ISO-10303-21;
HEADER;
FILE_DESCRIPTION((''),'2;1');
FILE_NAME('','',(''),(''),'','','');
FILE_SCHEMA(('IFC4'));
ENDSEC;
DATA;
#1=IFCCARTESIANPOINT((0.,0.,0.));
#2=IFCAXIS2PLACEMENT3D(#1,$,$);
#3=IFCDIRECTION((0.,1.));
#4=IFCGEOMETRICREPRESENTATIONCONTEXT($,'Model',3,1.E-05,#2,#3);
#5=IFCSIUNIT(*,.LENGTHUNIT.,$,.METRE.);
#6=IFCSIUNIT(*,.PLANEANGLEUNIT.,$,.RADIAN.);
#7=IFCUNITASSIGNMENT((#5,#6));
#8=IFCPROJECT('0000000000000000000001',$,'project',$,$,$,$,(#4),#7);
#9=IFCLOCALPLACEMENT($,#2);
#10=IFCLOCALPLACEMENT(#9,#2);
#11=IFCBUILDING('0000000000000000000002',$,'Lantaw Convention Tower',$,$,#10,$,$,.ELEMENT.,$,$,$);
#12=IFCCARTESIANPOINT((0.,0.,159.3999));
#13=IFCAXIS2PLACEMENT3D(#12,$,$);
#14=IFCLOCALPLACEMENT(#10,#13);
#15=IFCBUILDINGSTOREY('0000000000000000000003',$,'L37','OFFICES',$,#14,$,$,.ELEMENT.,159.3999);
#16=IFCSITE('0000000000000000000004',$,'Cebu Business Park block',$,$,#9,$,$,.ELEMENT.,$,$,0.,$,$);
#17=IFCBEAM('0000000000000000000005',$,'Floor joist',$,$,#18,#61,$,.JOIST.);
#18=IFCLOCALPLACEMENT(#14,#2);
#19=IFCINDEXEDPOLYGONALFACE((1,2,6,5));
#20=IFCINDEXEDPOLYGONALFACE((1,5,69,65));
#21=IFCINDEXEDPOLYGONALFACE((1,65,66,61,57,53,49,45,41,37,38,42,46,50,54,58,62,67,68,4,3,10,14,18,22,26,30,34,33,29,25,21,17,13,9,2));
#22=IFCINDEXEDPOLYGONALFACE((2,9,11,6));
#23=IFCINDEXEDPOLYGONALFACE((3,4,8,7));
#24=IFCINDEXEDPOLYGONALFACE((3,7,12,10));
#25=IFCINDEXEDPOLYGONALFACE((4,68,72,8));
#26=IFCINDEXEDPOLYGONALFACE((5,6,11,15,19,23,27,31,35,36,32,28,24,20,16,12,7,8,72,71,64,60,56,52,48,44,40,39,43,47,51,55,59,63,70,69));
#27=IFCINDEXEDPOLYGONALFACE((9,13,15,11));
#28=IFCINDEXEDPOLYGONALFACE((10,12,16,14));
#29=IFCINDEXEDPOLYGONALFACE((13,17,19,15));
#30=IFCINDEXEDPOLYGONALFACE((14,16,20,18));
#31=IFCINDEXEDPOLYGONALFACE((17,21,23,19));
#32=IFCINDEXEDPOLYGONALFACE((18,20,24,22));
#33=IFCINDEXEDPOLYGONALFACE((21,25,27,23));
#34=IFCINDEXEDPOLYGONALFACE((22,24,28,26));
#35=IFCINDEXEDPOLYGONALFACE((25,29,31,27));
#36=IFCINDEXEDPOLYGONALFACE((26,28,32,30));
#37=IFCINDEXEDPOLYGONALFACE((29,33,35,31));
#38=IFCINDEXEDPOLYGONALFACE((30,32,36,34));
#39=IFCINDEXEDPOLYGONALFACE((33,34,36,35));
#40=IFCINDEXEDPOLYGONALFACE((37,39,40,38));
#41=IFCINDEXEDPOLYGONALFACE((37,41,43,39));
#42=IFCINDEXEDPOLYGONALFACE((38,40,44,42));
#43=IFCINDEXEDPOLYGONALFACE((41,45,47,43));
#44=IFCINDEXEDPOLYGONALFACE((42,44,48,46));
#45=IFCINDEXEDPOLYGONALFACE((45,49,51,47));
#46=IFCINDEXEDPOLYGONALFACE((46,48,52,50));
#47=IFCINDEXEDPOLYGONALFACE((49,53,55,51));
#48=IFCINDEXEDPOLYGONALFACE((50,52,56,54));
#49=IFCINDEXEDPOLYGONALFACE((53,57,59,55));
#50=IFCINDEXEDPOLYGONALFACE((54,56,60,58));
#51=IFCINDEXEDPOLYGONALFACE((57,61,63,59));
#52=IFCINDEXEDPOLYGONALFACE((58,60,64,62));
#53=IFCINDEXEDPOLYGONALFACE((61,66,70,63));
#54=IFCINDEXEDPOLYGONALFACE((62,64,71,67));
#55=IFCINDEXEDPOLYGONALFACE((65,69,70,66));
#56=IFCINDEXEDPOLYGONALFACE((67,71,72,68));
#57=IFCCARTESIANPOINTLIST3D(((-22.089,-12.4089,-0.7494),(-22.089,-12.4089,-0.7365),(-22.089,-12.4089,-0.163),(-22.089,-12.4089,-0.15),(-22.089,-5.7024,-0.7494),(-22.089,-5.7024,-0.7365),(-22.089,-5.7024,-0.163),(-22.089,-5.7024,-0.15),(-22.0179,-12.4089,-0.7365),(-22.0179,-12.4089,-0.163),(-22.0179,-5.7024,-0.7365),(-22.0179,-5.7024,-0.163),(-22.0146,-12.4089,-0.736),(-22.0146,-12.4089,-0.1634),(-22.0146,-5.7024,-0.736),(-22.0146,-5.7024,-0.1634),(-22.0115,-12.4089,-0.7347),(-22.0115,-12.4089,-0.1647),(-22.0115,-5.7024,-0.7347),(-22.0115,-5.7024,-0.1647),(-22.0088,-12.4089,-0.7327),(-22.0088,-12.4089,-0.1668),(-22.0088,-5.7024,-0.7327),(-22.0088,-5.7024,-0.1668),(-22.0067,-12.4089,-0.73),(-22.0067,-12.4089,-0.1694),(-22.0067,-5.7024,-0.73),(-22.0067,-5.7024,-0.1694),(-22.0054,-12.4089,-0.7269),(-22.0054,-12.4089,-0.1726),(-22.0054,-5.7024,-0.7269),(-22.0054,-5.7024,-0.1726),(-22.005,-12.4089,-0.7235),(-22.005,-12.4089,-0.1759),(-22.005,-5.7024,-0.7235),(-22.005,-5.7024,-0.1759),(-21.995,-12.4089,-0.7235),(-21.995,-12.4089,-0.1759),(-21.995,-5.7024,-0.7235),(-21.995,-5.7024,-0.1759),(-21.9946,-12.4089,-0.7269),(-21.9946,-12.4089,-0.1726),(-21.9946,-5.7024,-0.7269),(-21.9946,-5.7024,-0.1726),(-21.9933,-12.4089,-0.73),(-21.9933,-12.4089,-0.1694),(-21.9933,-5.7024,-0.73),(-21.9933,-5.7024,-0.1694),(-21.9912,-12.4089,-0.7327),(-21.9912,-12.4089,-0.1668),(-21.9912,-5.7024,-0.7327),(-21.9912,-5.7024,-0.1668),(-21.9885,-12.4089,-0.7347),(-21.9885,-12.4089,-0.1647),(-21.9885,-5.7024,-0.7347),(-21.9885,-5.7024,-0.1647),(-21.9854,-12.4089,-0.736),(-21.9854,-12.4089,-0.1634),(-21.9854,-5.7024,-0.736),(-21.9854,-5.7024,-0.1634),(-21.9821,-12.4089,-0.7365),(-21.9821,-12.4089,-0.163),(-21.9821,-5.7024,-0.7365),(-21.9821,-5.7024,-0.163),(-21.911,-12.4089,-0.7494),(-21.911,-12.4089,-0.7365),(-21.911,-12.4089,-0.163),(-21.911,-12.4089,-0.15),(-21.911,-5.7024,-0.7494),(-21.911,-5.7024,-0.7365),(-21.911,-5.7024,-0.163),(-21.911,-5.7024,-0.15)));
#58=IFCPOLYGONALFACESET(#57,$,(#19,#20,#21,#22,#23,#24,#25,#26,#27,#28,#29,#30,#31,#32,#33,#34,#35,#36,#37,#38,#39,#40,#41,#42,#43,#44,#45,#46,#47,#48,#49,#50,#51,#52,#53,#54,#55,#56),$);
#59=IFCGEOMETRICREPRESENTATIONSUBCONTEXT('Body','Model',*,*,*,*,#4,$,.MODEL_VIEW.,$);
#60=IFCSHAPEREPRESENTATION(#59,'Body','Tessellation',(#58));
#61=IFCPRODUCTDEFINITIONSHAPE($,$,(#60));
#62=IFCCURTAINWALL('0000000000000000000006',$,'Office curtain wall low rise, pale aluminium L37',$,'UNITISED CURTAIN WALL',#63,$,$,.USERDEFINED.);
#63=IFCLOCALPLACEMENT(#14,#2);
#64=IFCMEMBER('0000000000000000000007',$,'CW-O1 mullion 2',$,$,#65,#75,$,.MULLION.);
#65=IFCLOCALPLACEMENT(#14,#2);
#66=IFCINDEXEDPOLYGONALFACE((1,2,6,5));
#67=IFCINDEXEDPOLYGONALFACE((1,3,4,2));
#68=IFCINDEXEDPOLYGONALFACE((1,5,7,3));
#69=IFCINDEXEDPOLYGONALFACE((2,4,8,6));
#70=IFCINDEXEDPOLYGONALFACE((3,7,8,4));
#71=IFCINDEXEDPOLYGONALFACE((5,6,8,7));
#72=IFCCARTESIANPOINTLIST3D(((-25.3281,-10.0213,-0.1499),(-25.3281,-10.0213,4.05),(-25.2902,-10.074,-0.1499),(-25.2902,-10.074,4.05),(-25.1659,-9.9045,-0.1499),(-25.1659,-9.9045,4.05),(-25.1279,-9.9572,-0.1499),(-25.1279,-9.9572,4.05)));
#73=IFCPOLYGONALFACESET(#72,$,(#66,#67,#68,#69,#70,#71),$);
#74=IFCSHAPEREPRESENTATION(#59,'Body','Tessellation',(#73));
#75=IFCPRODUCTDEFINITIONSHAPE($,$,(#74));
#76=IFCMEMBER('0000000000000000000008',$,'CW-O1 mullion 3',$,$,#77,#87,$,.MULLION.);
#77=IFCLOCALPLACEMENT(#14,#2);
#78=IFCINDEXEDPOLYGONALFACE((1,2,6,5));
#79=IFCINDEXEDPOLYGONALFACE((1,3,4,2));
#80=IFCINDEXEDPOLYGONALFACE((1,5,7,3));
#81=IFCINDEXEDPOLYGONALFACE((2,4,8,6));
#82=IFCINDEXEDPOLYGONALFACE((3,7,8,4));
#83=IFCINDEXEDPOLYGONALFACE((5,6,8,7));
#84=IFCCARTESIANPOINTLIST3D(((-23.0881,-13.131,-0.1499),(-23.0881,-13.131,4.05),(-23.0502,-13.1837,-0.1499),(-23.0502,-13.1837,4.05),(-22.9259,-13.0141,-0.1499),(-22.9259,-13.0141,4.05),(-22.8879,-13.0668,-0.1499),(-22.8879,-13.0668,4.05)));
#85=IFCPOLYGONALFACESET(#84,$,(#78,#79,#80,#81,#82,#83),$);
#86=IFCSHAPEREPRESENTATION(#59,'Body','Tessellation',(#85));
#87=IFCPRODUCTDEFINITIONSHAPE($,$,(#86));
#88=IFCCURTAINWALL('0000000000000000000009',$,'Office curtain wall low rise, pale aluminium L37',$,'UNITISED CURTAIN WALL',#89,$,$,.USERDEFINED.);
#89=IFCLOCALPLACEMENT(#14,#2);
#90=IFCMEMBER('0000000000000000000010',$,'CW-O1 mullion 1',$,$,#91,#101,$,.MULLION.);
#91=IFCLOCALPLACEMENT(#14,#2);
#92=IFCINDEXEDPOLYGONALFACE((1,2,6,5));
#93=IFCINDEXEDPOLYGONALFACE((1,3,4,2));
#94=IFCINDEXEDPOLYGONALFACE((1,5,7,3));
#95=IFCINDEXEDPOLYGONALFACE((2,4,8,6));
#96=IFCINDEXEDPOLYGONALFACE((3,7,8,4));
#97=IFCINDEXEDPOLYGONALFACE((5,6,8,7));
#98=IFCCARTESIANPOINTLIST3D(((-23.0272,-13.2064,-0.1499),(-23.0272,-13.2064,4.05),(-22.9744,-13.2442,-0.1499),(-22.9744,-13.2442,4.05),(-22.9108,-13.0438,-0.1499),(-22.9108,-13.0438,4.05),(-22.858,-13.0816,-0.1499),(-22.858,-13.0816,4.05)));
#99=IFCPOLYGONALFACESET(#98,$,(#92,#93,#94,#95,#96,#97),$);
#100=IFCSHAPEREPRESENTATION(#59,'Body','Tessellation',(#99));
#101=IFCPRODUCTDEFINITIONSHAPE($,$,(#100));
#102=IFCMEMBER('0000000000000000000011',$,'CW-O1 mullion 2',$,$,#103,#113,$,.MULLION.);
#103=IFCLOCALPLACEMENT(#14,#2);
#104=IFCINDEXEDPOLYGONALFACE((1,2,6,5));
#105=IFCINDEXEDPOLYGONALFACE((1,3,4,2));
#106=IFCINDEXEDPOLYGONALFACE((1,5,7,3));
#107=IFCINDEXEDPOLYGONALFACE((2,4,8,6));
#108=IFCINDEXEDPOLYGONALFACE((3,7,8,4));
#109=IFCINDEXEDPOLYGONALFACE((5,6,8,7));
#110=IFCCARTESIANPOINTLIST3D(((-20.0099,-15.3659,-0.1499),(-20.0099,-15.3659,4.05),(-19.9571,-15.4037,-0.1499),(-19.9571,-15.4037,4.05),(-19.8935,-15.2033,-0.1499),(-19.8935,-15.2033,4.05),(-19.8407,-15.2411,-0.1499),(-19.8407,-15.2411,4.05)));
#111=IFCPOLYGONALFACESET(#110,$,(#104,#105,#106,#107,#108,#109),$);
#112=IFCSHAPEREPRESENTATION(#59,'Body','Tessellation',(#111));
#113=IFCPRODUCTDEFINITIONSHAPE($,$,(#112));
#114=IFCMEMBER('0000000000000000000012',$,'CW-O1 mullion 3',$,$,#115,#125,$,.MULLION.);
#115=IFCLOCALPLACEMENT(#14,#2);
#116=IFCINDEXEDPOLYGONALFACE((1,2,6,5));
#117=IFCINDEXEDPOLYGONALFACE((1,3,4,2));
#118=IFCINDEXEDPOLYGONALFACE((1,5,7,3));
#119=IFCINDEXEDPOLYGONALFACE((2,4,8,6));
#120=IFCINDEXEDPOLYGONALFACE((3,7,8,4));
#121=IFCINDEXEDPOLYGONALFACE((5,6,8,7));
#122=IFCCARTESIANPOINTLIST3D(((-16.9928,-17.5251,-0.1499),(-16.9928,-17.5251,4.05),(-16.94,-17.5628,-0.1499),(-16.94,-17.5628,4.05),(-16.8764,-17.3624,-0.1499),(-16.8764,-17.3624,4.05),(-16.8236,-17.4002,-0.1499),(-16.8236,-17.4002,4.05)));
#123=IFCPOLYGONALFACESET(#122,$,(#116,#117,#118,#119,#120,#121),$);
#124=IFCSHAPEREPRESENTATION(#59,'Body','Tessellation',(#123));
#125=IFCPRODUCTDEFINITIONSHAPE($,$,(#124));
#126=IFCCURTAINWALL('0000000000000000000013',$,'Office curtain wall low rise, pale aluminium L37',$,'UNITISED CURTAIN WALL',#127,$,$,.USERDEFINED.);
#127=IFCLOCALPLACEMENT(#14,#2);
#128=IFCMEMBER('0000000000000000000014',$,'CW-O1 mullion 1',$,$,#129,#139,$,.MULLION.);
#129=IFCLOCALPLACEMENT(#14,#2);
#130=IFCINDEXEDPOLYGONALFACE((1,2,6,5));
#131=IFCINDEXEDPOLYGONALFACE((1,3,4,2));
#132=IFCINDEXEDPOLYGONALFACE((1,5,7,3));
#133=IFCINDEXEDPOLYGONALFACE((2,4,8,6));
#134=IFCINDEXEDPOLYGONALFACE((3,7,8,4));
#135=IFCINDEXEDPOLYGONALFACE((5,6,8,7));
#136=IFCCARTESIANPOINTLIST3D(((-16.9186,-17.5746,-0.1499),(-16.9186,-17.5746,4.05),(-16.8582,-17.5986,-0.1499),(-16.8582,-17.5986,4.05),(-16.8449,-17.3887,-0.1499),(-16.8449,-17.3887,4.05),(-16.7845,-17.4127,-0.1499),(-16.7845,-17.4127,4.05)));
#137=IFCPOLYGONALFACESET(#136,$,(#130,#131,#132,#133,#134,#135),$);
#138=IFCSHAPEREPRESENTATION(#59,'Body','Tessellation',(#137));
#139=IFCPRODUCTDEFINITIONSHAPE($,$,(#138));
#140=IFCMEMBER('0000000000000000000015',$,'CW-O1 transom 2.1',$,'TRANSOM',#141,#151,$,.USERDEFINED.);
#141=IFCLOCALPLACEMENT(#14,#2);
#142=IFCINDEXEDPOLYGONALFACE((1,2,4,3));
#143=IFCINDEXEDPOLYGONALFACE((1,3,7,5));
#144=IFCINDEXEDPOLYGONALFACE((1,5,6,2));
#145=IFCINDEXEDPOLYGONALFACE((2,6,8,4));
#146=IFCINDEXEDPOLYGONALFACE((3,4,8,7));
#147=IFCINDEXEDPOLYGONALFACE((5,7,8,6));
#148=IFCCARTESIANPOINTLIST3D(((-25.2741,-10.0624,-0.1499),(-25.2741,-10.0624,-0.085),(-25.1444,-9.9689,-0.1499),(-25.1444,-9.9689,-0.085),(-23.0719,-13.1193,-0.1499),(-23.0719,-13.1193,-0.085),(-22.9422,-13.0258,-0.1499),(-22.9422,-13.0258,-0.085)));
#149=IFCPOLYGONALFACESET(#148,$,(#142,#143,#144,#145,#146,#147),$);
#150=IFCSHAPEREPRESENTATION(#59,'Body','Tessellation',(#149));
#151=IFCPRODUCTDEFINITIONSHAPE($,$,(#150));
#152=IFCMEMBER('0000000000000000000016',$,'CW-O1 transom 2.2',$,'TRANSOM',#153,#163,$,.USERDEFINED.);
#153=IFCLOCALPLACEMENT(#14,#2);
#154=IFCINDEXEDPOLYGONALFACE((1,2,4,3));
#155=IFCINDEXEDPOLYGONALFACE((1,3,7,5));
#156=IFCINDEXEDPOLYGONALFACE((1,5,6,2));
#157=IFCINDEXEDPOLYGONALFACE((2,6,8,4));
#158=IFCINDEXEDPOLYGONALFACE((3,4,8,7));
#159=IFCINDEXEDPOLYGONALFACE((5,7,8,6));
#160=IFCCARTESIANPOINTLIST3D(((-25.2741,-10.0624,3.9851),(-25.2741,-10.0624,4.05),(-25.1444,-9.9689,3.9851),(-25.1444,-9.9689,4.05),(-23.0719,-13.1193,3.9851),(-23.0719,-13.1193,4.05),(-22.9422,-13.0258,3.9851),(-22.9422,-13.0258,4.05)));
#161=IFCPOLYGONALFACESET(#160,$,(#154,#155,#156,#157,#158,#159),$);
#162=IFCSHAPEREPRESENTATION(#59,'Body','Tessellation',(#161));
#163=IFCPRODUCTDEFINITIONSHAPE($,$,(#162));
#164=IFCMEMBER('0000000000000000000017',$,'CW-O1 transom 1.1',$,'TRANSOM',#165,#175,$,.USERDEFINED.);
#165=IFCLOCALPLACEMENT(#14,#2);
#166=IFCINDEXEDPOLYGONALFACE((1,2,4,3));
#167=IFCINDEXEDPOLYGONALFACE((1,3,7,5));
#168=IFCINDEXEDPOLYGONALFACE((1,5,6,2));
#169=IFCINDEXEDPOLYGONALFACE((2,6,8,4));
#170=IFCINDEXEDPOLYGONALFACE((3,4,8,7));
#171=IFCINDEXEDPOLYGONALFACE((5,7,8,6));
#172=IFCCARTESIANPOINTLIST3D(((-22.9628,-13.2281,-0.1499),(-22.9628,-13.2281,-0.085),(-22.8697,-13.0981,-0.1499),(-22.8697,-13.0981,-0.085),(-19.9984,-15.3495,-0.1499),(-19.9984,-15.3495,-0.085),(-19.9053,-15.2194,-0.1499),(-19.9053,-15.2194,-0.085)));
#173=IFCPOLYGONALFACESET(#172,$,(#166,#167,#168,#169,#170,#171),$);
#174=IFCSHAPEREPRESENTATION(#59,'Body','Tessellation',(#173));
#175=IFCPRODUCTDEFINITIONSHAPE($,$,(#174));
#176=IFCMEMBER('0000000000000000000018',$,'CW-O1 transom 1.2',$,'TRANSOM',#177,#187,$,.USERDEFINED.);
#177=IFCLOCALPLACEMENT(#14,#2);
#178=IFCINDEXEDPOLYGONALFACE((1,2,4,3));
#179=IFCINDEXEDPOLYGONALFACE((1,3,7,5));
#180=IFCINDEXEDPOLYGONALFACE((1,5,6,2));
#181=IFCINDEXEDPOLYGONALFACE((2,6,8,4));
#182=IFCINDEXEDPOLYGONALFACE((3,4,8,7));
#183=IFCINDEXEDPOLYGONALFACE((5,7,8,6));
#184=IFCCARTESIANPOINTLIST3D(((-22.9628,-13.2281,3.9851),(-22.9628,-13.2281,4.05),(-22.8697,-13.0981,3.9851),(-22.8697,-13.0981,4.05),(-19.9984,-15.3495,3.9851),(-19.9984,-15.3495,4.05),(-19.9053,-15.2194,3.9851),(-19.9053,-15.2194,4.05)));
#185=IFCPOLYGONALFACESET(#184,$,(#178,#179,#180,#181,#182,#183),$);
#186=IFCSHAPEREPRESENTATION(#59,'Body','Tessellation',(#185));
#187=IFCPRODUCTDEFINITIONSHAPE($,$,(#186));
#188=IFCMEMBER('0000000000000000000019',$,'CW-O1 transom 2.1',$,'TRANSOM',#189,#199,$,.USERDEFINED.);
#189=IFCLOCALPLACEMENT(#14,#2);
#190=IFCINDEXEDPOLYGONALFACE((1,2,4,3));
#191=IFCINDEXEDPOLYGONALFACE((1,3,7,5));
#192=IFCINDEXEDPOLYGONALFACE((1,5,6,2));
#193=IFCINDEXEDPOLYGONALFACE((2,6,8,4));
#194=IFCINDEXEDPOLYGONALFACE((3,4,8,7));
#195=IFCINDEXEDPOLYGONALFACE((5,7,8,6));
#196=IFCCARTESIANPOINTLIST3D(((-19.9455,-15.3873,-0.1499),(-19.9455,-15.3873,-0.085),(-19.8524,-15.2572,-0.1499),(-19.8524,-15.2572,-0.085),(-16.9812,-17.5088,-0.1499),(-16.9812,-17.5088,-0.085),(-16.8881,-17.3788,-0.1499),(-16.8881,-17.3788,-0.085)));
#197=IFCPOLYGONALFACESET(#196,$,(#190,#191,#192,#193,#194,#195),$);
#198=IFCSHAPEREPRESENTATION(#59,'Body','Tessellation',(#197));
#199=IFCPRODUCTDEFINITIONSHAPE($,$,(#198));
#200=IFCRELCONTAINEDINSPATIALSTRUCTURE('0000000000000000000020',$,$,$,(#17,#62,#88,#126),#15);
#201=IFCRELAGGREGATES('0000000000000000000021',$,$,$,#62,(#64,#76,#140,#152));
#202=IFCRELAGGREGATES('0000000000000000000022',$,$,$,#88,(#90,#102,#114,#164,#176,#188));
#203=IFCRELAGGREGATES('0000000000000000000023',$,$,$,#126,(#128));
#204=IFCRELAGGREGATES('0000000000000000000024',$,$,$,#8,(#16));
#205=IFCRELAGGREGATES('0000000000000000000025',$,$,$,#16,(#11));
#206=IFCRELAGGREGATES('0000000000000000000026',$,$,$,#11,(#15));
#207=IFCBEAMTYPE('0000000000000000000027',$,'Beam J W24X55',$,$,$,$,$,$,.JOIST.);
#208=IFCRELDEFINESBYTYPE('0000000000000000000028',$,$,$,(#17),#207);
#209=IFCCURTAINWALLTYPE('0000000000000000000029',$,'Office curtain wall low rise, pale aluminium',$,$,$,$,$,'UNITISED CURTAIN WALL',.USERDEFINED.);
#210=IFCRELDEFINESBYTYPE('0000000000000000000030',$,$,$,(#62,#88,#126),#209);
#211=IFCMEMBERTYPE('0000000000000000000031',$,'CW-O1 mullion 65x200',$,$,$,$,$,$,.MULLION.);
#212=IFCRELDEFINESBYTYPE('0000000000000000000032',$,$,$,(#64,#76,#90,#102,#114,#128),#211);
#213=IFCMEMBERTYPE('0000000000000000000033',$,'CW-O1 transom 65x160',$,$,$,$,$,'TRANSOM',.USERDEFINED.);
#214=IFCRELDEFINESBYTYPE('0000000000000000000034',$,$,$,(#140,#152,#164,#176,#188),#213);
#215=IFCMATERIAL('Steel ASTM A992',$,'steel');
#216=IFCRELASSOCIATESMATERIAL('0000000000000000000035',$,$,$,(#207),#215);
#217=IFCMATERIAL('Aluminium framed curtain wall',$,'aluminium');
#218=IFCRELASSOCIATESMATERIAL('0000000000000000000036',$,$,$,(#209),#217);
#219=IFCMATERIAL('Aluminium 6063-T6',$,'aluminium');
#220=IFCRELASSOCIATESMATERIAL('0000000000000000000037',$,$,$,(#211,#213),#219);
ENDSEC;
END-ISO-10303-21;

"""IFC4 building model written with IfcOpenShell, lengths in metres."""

from ifc_helpers import new_model, si_unit, direction, frame, origin, origin_2d, place, context, subcontext, project, spatial, rectangle, i_section, extrude, material, material_profile, profile_set, type_object, element, aggregate, save


model = new_model("IFC4")

# Units and contexts
model_context = context("Model", 3, precision=1e-05, world=origin(), true_north=direction((0.0, 1.0)))
body_context = subcontext(model_context, "Body", "Model", "MODEL_VIEW")
ifc_project = project(units=[si_unit("LENGTHUNIT", "METRE"), si_unit("PLANEANGLEUNIT", "RADIAN")], contexts=[model_context])

# Site, building, storey
site_placement = place(None, origin())
site = spatial("IfcSite", under=ifc_project, at=site_placement, Name="Cebu Business Park block", CompositionType="ELEMENT", RefElevation=0.0)
building_placement = place(site_placement, origin())
building = spatial("IfcBuilding", under=site, at=building_placement, Name="Lantaw Convention Tower", CompositionType="ELEMENT")
storey_placement = place(building_placement, frame((0.0, 0.0, 159.3999)))
storey = spatial("IfcBuildingStorey", under=building, at=storey_placement, Name="L37", Description="OFFICES", CompositionType="ELEMENT", Elevation=159.3999)

# Beam
ifc_material_1 = material(Name="Steel ASTM A992", Category="steel")
ifc_material_profile_1 = material_profile(ifc_material_1, i_section(OverallWidth=0.178, OverallDepth=0.5994, WebThickness=0.01, FlangeThickness=0.0129, FilletRadius=0.0129, at=origin_2d()), Name="W24X55")
ifc_profile_set_1 = profile_set([ifc_material_profile_1], Name="Steel ASTM A992")
beam_type_1 = type_object("IfcBeamType", Name="Beam J W24X55", PredefinedType="JOIST", material=ifc_profile_set_1)
beam_1_placement = place(storey_placement, frame((-22.0, -12.4089, -0.4497), z_axis=(0.0, 1.0, 0.0), x_axis=(-1.0, 0.0, 0.0)))
element("IfcBeam", 1, at=beam_1_placement, inside=storey, type_object=beam_type_1, Name="Floor joist", PredefinedType="JOIST", context=body_context, shape_type="SweptSolid", body=[
    extrude(i_section(OverallWidth=0.178, OverallDepth=0.5994, WebThickness=0.01, FlangeThickness=0.0129, FilletRadius=0.0129, at=origin_2d()), origin(), (0.0, 0.0, 1.0), 6.7065),
])

# Curtain walls, members
ifc_material_2 = material(Name="Aluminium framed curtain wall", Category="aluminium")
curtain_wall_type = type_object("IfcCurtainWallType", Name="Office curtain wall low rise, pale aluminium", ElementType="UNITISED CURTAIN WALL", PredefinedType="USERDEFINED", material=ifc_material_2)
curtain_wall_1_placement = place(storey_placement, origin())
curtain_wall_1 = element("IfcCurtainWall", 2, at=curtain_wall_1_placement, inside=storey, type_object=curtain_wall_type, Name="Office curtain wall low rise, pale aluminium L37", ObjectType="UNITISED CURTAIN WALL", PredefinedType="USERDEFINED")
ifc_material_3 = material(Name="Aluminium 6063-T6", Category="aluminium")
ifc_material_profile_2 = material_profile(ifc_material_3, rectangle(XDim=0.2, YDim=0.0649, at=origin_2d()), Name="CW-O1 mullion 65x200")
ifc_profile_set_2 = profile_set([ifc_material_profile_2], Name="Aluminium 6063-T6")
member_type_1 = type_object("IfcMemberType", Name="CW-O1 mullion 65x200", PredefinedType="MULLION", material=ifc_profile_set_2)
member_1_placement = place(storey_placement, frame((-25.228, -9.9893, -0.1499), z_axis=(0.0, 0.0, 1.0), x_axis=(0.811385, 0.584513, 0.0)))
member_1 = element("IfcMember", 3, at=member_1_placement, type_object=member_type_1, Name="CW-O1 mullion 2", PredefinedType="MULLION", context=body_context, shape_type="SweptSolid", body=[
    extrude(rectangle(XDim=0.2, YDim=0.0649, at=origin_2d()), origin(), (0.0, 0.0, 1.0), 4.2),
])
member_2_placement = place(storey_placement, frame((-22.988, -13.0989, -0.1499), z_axis=(0.0, 0.0, 1.0), x_axis=(0.811385, 0.584513, 0.0)))
member_2 = element("IfcMember", 4, at=member_2_placement, type_object=member_type_1, Name="CW-O1 mullion 3", PredefinedType="MULLION", context=body_context, shape_type="SweptSolid", body=[
    extrude(rectangle(XDim=0.2, YDim=0.0649, at=origin_2d()), origin(), (0.0, 0.0, 1.0), 4.2),
])
curtain_wall_2_placement = place(storey_placement, origin())
curtain_wall_2 = element("IfcCurtainWall", 5, at=curtain_wall_2_placement, inside=storey, type_object=curtain_wall_type, Name="Office curtain wall low rise, pale aluminium L37", ObjectType="UNITISED CURTAIN WALL", PredefinedType="USERDEFINED")
member_3_placement = place(storey_placement, frame((-22.9426, -13.144, -0.1499), z_axis=(0.0, 0.0, 1.0), x_axis=(0.581973, 0.813208, 0.0)))
member_3 = element("IfcMember", 6, at=member_3_placement, type_object=member_type_1, Name="CW-O1 mullion 1", PredefinedType="MULLION", context=body_context, shape_type="SweptSolid", body=[
    extrude(rectangle(XDim=0.2, YDim=0.0649, at=origin_2d()), origin(), (0.0, 0.0, 1.0), 4.2),
])
member_4_placement = place(storey_placement, frame((-19.9253, -15.3035, -0.1499), z_axis=(0.0, 0.0, 1.0), x_axis=(0.581973, 0.813208, 0.0)))
member_4 = element("IfcMember", 7, at=member_4_placement, type_object=member_type_1, Name="CW-O1 mullion 2", PredefinedType="MULLION", context=body_context, shape_type="SweptSolid", body=[
    extrude(rectangle(XDim=0.2, YDim=0.0649, at=origin_2d()), origin(), (0.0, 0.0, 1.0), 4.2),
])
member_5_placement = place(storey_placement, frame((-16.9082, -17.4626, -0.1499), z_axis=(0.0, 0.0, 1.0), x_axis=(0.581973, 0.813208, 0.0)))
member_5 = element("IfcMember", 8, at=member_5_placement, type_object=member_type_1, Name="CW-O1 mullion 3", PredefinedType="MULLION", context=body_context, shape_type="SweptSolid", body=[
    extrude(rectangle(XDim=0.2, YDim=0.0649, at=origin_2d()), origin(), (0.0, 0.0, 1.0), 4.2),
])

# Curtain wall, member
curtain_wall_3_placement = place(storey_placement, origin())
curtain_wall_3 = element("IfcCurtainWall", 9, at=curtain_wall_3_placement, inside=storey, type_object=curtain_wall_type, Name="Office curtain wall low rise, pale aluminium L37", ObjectType="UNITISED CURTAIN WALL", PredefinedType="USERDEFINED")
member_6_placement = place(storey_placement, frame((-16.8516, -17.4937, -0.1499), z_axis=(0.0, 0.0, 1.0), x_axis=(0.368702, 0.929548, 0.0)))
member_6 = element("IfcMember", 10, at=member_6_placement, type_object=member_type_1, Name="CW-O1 mullion 1", PredefinedType="MULLION", context=body_context, shape_type="SweptSolid", body=[
    extrude(rectangle(XDim=0.2, YDim=0.0649, at=origin_2d()), origin(), (0.0, 0.0, 1.0), 4.2),
])

# Members
ifc_material_profile_3 = material_profile(ifc_material_3, rectangle(XDim=0.1599, YDim=0.0649, at=origin_2d()), Name="CW-O1 transom 65x160")
ifc_profile_set_3 = profile_set([ifc_material_profile_3], Name="Aluminium 6063-T6")
member_type_2 = type_object("IfcMemberType", Name="CW-O1 transom 65x160", ElementType="TRANSOM", PredefinedType="USERDEFINED", material=ifc_profile_set_3)
member_7_placement = place(storey_placement, frame((-25.2092, -10.0156, -0.1174), z_axis=(0.584513, -0.811384, 0.0), x_axis=(0.811384, 0.584513, 0.0)))
member_7 = element("IfcMember", 11, at=member_7_placement, type_object=member_type_2, Name="CW-O1 transom 2.1", ObjectType="TRANSOM", PredefinedType="USERDEFINED", context=body_context, shape_type="SweptSolid", body=[
    extrude(rectangle(XDim=0.1599, YDim=0.0649, at=origin_2d()), origin(), (0.0, 0.0, 1.0), 3.7676),
])
member_8_placement = place(storey_placement, frame((-25.2092, -10.0156, 4.0176), z_axis=(0.584513, -0.811384, 0.0), x_axis=(0.811384, 0.584513, 0.0)))
member_8 = element("IfcMember", 12, at=member_8_placement, type_object=member_type_2, Name="CW-O1 transom 2.2", ObjectType="TRANSOM", PredefinedType="USERDEFINED", context=body_context, shape_type="SweptSolid", body=[
    extrude(rectangle(XDim=0.1599, YDim=0.0649, at=origin_2d()), origin(), (0.0, 0.0, 1.0), 3.7676),
])
member_9_placement = place(storey_placement, frame((-22.9163, -13.1631, -0.1174), z_axis=(0.813222, -0.581954, 0.0), x_axis=(0.581954, 0.813222, 0.0)))
member_9 = element("IfcMember", 13, at=member_9_placement, type_object=member_type_2, Name="CW-O1 transom 1.1", ObjectType="TRANSOM", PredefinedType="USERDEFINED", context=body_context, shape_type="SweptSolid", body=[
    extrude(rectangle(XDim=0.1599, YDim=0.0649, at=origin_2d()), origin(), (0.0, 0.0, 1.0), 3.6453),
])
member_10_placement = place(storey_placement, frame((-22.9163, -13.1631, 4.0176), z_axis=(0.813222, -0.581954, 0.0), x_axis=(0.581954, 0.813222, 0.0)))
member_10 = element("IfcMember", 14, at=member_10_placement, type_object=member_type_2, Name="CW-O1 transom 1.2", ObjectType="TRANSOM", PredefinedType="USERDEFINED", context=body_context, shape_type="SweptSolid", body=[
    extrude(rectangle(XDim=0.1599, YDim=0.0649, at=origin_2d()), origin(), (0.0, 0.0, 1.0), 3.6453),
])
member_11_placement = place(storey_placement, frame((-19.8989, -15.3223, -0.1174), z_axis=(0.81319, -0.581998, 0.0), x_axis=(0.581998, 0.81319, 0.0)))
member_11 = element("IfcMember", 15, at=member_11_placement, type_object=member_type_2, Name="CW-O1 transom 2.1", ObjectType="TRANSOM", PredefinedType="USERDEFINED", context=body_context, shape_type="SweptSolid", body=[
    extrude(rectangle(XDim=0.1599, YDim=0.0649, at=origin_2d()), origin(), (0.0, 0.0, 1.0), 3.6453),
])

aggregate(curtain_wall_1, [member_1, member_2, member_7, member_8])
aggregate(curtain_wall_2, [member_3, member_4, member_5, member_9, member_10, member_11])
aggregate(curtain_wall_3, [member_6])

save(model, "model.ifc")
